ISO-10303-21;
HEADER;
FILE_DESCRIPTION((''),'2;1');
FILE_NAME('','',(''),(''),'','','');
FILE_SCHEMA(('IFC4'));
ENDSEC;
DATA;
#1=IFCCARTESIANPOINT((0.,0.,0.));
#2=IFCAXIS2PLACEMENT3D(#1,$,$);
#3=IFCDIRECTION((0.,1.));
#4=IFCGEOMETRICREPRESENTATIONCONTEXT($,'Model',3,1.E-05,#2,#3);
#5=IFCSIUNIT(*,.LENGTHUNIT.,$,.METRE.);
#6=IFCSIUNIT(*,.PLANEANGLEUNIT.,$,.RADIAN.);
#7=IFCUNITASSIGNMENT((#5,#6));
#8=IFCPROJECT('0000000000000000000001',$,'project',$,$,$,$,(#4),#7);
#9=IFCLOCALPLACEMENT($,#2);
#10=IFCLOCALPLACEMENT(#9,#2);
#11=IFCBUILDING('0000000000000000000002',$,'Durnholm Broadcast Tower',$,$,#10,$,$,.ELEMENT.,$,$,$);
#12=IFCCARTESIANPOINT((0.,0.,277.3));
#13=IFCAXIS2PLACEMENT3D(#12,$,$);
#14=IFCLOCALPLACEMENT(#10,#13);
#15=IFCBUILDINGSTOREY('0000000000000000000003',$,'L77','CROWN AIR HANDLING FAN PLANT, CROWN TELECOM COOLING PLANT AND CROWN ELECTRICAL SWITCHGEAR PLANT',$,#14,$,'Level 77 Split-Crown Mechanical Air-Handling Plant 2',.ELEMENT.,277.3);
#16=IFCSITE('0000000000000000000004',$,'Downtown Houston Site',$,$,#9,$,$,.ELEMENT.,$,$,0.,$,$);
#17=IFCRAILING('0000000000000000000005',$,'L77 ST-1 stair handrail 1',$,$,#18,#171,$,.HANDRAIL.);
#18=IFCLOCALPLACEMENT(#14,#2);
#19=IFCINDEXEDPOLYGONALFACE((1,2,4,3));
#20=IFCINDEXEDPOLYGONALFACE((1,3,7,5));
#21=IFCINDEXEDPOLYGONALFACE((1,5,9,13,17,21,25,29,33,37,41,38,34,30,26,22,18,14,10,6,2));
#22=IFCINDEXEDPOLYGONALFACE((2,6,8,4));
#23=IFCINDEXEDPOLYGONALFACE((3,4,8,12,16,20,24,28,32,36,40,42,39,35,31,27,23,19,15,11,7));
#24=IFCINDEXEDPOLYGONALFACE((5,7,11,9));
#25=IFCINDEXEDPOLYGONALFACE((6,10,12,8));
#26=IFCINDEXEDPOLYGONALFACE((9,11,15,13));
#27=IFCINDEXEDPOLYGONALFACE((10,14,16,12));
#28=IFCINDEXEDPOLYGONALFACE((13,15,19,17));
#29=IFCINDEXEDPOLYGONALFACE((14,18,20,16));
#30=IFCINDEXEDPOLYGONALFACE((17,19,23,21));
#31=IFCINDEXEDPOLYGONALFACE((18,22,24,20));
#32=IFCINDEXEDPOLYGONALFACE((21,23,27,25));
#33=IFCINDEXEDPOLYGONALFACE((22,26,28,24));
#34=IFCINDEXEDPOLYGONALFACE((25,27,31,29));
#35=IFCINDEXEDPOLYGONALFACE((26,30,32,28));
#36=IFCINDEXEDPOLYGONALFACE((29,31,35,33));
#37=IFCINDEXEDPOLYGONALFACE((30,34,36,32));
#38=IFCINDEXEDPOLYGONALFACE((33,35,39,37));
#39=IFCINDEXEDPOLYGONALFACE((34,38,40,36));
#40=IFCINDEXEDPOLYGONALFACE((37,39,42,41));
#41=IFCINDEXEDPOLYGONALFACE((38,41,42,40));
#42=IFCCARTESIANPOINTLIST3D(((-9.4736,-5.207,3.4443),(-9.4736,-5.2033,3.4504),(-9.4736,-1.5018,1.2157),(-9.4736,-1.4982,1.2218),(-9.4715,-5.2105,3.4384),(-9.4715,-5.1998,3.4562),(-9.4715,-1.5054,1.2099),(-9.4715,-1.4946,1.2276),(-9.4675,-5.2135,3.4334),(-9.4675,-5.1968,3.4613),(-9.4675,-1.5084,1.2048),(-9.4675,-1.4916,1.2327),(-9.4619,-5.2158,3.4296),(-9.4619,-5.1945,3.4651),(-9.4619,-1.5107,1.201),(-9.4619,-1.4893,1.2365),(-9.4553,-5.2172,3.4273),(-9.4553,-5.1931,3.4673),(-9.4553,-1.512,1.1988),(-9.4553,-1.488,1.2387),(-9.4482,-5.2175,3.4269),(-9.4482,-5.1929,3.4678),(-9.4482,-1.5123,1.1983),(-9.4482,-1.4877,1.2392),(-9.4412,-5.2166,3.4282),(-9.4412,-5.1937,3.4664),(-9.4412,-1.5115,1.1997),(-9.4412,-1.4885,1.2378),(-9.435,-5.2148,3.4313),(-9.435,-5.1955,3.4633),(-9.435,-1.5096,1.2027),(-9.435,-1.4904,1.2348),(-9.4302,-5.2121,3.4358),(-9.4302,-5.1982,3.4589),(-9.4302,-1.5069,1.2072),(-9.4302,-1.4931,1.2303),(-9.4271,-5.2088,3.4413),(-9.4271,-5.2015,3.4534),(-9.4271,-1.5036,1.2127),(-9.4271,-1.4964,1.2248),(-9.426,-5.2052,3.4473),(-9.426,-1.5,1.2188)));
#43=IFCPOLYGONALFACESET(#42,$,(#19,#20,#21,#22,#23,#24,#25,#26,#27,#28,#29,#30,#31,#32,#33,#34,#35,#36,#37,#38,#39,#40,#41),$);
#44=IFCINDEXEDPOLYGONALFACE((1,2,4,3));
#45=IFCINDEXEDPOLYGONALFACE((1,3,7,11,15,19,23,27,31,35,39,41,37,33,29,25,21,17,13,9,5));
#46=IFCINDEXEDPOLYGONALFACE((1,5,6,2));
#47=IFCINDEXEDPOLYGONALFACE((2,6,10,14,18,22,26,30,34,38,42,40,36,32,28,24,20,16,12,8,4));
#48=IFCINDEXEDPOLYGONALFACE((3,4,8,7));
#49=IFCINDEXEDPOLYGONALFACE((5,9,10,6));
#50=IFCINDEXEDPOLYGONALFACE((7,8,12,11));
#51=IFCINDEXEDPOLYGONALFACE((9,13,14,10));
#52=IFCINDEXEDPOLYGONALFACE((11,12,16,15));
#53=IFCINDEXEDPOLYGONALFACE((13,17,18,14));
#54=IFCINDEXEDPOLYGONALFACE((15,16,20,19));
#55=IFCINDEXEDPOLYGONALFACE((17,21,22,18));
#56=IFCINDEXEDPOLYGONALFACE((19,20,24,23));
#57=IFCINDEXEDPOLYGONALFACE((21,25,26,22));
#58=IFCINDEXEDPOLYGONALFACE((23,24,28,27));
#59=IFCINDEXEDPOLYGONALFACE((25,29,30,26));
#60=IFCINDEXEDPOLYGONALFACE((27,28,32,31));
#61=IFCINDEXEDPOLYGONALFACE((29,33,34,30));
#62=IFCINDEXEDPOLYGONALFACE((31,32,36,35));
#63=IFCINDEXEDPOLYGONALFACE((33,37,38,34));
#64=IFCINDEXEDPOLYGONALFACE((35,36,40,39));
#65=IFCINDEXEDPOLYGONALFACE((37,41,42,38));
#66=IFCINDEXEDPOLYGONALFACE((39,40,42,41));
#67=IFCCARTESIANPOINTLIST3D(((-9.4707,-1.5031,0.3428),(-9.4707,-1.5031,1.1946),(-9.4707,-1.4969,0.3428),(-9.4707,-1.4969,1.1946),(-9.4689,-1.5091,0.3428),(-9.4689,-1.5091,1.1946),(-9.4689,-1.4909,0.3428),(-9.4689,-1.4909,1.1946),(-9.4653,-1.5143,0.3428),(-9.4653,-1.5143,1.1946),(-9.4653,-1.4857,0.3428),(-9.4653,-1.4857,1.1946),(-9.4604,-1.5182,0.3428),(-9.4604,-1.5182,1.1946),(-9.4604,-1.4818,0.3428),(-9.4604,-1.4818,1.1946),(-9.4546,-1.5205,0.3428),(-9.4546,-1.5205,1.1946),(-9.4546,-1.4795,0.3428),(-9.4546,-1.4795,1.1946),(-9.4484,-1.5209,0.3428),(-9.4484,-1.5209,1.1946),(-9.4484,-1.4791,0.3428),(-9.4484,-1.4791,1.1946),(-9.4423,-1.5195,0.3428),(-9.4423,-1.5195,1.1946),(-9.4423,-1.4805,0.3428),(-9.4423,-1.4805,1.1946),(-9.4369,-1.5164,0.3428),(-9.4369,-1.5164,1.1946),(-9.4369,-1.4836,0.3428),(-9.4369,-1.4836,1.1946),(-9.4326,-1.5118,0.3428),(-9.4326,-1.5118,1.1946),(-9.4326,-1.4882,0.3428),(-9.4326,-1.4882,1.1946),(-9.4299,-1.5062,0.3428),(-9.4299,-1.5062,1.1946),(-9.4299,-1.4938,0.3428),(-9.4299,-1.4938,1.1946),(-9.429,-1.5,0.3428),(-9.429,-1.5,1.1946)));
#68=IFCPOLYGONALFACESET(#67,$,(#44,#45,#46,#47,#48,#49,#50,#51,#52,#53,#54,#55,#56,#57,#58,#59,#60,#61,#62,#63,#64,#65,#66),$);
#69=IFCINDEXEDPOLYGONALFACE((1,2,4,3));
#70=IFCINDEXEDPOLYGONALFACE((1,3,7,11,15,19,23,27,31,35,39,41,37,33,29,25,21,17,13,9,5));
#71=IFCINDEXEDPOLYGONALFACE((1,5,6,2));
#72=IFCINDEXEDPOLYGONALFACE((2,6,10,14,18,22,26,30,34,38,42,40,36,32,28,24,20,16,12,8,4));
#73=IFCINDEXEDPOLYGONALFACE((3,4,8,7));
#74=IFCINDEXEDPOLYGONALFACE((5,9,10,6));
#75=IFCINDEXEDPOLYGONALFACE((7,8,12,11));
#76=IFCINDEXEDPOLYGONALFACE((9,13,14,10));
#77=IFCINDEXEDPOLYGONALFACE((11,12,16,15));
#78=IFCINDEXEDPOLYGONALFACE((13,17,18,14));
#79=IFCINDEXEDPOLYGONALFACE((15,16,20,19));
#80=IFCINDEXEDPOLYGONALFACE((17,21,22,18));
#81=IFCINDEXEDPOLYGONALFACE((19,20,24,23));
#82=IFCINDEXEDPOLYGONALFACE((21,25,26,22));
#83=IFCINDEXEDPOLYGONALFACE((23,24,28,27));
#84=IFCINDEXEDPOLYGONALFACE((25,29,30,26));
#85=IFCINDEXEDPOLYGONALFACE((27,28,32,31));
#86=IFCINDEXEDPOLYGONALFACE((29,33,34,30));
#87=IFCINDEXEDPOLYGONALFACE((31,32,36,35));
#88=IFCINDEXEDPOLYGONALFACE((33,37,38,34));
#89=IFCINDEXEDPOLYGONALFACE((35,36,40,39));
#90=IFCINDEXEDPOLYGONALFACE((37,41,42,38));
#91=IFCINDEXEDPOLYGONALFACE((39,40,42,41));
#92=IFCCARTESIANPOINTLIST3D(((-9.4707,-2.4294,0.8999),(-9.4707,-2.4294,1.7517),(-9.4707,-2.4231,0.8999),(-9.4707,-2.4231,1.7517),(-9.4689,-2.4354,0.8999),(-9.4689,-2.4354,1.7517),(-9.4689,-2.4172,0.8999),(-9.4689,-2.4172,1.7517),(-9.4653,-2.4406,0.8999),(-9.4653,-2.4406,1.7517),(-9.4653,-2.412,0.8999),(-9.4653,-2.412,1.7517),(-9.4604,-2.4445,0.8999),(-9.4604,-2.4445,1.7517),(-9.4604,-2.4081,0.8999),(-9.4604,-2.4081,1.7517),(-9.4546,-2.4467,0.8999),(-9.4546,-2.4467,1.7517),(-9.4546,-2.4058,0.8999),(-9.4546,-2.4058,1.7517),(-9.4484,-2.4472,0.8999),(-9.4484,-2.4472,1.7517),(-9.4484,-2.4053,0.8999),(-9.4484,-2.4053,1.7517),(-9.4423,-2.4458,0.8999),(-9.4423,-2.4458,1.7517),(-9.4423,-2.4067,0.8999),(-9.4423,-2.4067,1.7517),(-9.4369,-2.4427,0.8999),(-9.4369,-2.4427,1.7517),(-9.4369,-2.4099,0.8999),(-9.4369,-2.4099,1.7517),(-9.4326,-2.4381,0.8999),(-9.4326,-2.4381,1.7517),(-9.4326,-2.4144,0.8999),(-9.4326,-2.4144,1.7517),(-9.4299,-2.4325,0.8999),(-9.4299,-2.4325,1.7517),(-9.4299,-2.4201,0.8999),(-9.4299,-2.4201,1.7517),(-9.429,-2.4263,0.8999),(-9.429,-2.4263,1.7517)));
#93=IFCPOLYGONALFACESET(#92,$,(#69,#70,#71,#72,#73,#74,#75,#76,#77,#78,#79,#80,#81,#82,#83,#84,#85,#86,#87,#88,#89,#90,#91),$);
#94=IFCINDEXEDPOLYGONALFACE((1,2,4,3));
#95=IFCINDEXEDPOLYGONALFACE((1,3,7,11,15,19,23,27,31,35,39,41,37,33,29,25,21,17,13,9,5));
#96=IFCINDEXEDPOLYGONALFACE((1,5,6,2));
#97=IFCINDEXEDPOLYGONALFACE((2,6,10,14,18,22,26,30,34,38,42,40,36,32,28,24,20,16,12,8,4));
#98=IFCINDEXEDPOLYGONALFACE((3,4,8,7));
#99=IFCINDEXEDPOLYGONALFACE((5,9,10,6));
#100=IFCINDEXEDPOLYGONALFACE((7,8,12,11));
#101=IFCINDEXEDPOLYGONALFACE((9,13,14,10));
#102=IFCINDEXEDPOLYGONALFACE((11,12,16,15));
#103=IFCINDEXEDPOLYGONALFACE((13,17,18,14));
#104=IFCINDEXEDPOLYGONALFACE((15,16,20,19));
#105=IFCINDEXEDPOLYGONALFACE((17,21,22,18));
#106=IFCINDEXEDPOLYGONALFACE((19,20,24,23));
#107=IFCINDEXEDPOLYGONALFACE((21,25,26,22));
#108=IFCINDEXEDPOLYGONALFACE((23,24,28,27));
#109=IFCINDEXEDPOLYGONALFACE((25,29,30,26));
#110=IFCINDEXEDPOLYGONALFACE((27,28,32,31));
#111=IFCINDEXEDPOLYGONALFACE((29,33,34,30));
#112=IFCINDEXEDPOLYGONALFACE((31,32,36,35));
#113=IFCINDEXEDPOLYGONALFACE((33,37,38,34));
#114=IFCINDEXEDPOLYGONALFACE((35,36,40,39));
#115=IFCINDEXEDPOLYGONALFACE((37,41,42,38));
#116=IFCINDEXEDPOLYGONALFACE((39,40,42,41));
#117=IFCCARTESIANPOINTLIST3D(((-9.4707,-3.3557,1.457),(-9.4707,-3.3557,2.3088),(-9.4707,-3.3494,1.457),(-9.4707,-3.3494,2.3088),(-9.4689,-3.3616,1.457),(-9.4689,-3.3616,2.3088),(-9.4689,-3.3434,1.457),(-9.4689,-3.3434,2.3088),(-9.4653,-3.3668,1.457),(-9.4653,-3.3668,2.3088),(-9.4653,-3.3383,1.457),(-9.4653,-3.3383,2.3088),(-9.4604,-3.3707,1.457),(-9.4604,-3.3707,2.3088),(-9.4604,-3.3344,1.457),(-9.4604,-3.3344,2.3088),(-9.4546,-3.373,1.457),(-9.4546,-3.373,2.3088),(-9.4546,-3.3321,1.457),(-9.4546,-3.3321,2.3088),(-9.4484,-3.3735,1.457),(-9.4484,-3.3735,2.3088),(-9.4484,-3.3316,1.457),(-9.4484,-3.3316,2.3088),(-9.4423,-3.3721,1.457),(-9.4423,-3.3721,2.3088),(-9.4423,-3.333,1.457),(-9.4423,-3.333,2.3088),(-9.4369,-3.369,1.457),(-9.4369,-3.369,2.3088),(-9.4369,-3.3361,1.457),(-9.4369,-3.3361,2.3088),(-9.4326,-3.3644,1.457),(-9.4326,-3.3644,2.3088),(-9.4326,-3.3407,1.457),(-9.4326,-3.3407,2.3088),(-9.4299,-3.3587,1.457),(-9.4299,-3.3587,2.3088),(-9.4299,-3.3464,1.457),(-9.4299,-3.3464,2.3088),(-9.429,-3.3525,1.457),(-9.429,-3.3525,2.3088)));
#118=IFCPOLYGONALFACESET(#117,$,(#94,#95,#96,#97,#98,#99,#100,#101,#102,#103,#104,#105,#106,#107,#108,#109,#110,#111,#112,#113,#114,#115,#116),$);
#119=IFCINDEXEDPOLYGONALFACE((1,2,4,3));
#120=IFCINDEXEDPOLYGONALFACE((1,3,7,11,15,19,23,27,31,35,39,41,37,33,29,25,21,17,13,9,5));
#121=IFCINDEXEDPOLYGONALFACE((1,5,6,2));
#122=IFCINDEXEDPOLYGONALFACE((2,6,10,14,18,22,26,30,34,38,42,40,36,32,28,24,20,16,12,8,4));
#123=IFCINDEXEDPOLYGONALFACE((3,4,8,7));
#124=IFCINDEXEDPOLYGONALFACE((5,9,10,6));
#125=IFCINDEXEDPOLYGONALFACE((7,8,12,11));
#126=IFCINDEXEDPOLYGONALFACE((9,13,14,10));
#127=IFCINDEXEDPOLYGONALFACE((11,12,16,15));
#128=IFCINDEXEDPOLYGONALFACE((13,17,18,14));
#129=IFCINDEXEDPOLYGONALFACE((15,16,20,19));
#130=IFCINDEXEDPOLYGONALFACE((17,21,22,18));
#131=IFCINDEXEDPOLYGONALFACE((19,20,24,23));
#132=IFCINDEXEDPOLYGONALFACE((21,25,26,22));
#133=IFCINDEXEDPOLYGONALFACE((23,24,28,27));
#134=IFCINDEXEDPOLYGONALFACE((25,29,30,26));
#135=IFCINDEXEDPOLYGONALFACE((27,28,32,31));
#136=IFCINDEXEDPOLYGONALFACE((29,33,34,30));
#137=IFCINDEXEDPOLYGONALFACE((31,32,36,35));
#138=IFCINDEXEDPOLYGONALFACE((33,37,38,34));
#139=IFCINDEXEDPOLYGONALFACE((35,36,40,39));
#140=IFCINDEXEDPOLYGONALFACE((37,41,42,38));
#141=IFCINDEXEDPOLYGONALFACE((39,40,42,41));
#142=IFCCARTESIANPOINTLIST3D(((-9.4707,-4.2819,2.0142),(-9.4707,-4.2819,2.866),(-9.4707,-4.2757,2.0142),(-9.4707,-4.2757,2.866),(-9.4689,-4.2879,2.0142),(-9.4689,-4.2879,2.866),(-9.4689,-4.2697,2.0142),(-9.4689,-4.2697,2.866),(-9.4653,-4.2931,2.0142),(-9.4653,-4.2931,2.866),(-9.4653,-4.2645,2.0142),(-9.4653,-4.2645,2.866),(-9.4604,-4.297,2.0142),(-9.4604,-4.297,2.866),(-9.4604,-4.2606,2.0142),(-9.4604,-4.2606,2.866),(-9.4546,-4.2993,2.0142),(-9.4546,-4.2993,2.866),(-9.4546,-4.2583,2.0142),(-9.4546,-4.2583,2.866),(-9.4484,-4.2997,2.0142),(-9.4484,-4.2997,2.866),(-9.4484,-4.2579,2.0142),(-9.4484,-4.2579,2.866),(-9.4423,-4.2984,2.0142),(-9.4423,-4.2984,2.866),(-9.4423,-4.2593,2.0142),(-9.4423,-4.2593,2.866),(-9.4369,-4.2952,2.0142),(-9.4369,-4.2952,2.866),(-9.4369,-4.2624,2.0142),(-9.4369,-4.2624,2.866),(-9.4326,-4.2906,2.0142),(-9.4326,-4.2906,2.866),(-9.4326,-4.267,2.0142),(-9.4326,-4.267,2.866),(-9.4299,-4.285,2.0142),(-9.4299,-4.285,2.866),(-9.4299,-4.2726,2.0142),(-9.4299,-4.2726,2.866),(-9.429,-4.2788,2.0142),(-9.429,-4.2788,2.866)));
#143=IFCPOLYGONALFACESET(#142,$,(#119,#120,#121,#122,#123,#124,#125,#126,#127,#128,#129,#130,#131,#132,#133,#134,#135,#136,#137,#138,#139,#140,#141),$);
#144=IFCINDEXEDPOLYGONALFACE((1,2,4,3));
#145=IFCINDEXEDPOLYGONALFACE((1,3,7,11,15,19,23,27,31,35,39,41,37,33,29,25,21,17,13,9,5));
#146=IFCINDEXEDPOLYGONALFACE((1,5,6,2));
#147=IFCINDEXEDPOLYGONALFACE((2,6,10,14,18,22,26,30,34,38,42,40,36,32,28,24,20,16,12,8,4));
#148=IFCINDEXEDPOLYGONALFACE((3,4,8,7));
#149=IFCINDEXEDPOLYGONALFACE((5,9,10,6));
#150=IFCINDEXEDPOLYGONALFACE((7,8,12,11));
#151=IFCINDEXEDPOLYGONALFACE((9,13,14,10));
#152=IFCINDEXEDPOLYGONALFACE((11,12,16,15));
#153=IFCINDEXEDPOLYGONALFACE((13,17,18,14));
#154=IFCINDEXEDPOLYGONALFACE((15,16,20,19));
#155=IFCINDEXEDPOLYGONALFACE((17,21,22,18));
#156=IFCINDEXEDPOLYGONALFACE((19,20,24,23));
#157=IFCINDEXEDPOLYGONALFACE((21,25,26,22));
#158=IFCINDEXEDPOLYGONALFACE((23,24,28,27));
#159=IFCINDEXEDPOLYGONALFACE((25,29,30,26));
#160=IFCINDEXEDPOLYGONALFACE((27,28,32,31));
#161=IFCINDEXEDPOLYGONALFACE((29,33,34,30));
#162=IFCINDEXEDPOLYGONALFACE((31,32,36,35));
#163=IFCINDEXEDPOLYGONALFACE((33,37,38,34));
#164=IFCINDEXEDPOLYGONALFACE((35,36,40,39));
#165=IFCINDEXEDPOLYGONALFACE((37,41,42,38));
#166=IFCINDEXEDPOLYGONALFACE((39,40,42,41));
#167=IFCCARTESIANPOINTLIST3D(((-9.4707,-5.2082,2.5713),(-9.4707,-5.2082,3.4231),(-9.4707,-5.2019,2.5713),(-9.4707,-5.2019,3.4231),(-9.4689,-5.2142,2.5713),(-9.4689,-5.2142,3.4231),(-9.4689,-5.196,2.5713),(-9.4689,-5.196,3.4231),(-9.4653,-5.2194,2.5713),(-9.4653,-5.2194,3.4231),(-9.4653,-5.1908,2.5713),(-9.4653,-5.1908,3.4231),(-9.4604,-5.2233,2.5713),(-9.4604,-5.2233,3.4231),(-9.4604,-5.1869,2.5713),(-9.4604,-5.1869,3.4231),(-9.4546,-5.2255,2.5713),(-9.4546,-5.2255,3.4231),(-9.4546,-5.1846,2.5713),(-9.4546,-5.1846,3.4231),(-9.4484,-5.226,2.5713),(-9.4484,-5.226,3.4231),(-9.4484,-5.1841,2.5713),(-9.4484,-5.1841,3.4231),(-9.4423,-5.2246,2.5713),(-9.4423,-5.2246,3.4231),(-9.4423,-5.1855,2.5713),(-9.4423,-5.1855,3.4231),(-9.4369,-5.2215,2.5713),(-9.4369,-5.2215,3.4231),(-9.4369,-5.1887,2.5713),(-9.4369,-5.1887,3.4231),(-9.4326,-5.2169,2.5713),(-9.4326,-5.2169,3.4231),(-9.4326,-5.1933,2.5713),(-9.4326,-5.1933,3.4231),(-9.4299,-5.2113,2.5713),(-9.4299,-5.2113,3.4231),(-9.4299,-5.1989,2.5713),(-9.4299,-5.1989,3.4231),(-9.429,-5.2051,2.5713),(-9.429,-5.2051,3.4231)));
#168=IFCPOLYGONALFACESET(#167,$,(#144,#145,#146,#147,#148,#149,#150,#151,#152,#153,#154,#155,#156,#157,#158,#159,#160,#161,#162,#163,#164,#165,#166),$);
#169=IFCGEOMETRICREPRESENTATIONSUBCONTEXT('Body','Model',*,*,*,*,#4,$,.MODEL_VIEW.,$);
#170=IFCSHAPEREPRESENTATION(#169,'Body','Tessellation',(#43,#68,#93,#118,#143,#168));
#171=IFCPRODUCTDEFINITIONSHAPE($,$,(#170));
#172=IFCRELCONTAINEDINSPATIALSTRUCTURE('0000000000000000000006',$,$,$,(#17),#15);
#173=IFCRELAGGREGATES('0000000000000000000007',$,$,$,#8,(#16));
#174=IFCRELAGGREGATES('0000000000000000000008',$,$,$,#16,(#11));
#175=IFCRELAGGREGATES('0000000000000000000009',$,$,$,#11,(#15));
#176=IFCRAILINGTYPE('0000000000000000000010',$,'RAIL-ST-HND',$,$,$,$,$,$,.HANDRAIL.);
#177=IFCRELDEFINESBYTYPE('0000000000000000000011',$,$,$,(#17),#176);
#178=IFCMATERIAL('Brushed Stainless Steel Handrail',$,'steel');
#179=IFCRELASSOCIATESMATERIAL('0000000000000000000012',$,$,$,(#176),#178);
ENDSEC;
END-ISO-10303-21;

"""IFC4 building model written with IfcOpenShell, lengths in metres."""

from ifc_helpers import new_model, si_unit, direction, frame, origin, origin_2d, place, context, subcontext, project, spatial, circle, extrude, material, type_object, element, save


model = new_model("IFC4")

# Units and contexts
model_context = context("Model", 3, precision=1e-05, world=origin(), true_north=direction((0.0, 1.0)))
body_context = subcontext(model_context, "Body", "Model", "MODEL_VIEW")
ifc_project = project(units=[si_unit("LENGTHUNIT", "METRE"), si_unit("PLANEANGLEUNIT", "RADIAN")], contexts=[model_context])

# Site, building, storey
site_placement = place(None, origin())
site = spatial("IfcSite", under=ifc_project, at=site_placement, Name="Downtown Houston Site", CompositionType="ELEMENT", RefElevation=0.0)
building_placement = place(site_placement, origin())
building = spatial("IfcBuilding", under=site, at=building_placement, Name="Durnholm Broadcast Tower", CompositionType="ELEMENT")
storey_placement = place(building_placement, frame((0.0, 0.0, 277.3)))
storey = spatial("IfcBuildingStorey", under=building, at=storey_placement, Name="L77", Description="CROWN AIR HANDLING FAN PLANT, CROWN TELECOM COOLING PLANT AND CROWN ELECTRICAL SWITCHGEAR PLANT", LongName="Level 77 Split-Crown Mechanical Air-Handling Plant 2", CompositionType="ELEMENT", Elevation=277.3)

# Railing
ifc_material_1 = material(Name="Brushed Stainless Steel Handrail", Category="steel")
railing_type = type_object("IfcRailingType", Name="RAIL-ST-HND", PredefinedType="HANDRAIL", material=ifc_material_1)
railing_placement = place(storey_placement, frame((-9.45, -1.5, 0.3428)))
element("IfcRailing", 1, at=railing_placement, inside=storey, type_object=railing_type, Name="L77 ST-1 stair handrail 1", PredefinedType="HANDRAIL", context=body_context, shape_type="SweptSolid", body=[
    extrude(circle(Radius=0.0239, at=origin_2d()), frame((0.0, 0.0, 0.876), z_axis=(0.0, -0.856934, 0.515425), x_axis=(1.0, 0.0, 0.0)), (0.0, 0.0, 1.0), 4.3237),
    extrude(circle(Radius=0.021, at=origin_2d()), origin(), (0.0, 0.0, 1.0), 0.8518),
    extrude(circle(Radius=0.021, at=origin_2d()), frame((0.0, -0.9263, 0.5571)), (0.0, 0.0, 1.0), 0.8518),
    extrude(circle(Radius=0.021, at=origin_2d()), frame((0.0, -1.8525, 1.1143)), (0.0, 0.0, 1.0), 0.8518),
    extrude(circle(Radius=0.021, at=origin_2d()), frame((0.0, -2.7788, 1.6714)), (0.0, 0.0, 1.0), 0.8518),
    extrude(circle(Radius=0.021, at=origin_2d()), frame((0.0, -3.7051, 2.2285)), (0.0, 0.0, 1.0), 0.8518),
])

save(model, "model.ifc")
